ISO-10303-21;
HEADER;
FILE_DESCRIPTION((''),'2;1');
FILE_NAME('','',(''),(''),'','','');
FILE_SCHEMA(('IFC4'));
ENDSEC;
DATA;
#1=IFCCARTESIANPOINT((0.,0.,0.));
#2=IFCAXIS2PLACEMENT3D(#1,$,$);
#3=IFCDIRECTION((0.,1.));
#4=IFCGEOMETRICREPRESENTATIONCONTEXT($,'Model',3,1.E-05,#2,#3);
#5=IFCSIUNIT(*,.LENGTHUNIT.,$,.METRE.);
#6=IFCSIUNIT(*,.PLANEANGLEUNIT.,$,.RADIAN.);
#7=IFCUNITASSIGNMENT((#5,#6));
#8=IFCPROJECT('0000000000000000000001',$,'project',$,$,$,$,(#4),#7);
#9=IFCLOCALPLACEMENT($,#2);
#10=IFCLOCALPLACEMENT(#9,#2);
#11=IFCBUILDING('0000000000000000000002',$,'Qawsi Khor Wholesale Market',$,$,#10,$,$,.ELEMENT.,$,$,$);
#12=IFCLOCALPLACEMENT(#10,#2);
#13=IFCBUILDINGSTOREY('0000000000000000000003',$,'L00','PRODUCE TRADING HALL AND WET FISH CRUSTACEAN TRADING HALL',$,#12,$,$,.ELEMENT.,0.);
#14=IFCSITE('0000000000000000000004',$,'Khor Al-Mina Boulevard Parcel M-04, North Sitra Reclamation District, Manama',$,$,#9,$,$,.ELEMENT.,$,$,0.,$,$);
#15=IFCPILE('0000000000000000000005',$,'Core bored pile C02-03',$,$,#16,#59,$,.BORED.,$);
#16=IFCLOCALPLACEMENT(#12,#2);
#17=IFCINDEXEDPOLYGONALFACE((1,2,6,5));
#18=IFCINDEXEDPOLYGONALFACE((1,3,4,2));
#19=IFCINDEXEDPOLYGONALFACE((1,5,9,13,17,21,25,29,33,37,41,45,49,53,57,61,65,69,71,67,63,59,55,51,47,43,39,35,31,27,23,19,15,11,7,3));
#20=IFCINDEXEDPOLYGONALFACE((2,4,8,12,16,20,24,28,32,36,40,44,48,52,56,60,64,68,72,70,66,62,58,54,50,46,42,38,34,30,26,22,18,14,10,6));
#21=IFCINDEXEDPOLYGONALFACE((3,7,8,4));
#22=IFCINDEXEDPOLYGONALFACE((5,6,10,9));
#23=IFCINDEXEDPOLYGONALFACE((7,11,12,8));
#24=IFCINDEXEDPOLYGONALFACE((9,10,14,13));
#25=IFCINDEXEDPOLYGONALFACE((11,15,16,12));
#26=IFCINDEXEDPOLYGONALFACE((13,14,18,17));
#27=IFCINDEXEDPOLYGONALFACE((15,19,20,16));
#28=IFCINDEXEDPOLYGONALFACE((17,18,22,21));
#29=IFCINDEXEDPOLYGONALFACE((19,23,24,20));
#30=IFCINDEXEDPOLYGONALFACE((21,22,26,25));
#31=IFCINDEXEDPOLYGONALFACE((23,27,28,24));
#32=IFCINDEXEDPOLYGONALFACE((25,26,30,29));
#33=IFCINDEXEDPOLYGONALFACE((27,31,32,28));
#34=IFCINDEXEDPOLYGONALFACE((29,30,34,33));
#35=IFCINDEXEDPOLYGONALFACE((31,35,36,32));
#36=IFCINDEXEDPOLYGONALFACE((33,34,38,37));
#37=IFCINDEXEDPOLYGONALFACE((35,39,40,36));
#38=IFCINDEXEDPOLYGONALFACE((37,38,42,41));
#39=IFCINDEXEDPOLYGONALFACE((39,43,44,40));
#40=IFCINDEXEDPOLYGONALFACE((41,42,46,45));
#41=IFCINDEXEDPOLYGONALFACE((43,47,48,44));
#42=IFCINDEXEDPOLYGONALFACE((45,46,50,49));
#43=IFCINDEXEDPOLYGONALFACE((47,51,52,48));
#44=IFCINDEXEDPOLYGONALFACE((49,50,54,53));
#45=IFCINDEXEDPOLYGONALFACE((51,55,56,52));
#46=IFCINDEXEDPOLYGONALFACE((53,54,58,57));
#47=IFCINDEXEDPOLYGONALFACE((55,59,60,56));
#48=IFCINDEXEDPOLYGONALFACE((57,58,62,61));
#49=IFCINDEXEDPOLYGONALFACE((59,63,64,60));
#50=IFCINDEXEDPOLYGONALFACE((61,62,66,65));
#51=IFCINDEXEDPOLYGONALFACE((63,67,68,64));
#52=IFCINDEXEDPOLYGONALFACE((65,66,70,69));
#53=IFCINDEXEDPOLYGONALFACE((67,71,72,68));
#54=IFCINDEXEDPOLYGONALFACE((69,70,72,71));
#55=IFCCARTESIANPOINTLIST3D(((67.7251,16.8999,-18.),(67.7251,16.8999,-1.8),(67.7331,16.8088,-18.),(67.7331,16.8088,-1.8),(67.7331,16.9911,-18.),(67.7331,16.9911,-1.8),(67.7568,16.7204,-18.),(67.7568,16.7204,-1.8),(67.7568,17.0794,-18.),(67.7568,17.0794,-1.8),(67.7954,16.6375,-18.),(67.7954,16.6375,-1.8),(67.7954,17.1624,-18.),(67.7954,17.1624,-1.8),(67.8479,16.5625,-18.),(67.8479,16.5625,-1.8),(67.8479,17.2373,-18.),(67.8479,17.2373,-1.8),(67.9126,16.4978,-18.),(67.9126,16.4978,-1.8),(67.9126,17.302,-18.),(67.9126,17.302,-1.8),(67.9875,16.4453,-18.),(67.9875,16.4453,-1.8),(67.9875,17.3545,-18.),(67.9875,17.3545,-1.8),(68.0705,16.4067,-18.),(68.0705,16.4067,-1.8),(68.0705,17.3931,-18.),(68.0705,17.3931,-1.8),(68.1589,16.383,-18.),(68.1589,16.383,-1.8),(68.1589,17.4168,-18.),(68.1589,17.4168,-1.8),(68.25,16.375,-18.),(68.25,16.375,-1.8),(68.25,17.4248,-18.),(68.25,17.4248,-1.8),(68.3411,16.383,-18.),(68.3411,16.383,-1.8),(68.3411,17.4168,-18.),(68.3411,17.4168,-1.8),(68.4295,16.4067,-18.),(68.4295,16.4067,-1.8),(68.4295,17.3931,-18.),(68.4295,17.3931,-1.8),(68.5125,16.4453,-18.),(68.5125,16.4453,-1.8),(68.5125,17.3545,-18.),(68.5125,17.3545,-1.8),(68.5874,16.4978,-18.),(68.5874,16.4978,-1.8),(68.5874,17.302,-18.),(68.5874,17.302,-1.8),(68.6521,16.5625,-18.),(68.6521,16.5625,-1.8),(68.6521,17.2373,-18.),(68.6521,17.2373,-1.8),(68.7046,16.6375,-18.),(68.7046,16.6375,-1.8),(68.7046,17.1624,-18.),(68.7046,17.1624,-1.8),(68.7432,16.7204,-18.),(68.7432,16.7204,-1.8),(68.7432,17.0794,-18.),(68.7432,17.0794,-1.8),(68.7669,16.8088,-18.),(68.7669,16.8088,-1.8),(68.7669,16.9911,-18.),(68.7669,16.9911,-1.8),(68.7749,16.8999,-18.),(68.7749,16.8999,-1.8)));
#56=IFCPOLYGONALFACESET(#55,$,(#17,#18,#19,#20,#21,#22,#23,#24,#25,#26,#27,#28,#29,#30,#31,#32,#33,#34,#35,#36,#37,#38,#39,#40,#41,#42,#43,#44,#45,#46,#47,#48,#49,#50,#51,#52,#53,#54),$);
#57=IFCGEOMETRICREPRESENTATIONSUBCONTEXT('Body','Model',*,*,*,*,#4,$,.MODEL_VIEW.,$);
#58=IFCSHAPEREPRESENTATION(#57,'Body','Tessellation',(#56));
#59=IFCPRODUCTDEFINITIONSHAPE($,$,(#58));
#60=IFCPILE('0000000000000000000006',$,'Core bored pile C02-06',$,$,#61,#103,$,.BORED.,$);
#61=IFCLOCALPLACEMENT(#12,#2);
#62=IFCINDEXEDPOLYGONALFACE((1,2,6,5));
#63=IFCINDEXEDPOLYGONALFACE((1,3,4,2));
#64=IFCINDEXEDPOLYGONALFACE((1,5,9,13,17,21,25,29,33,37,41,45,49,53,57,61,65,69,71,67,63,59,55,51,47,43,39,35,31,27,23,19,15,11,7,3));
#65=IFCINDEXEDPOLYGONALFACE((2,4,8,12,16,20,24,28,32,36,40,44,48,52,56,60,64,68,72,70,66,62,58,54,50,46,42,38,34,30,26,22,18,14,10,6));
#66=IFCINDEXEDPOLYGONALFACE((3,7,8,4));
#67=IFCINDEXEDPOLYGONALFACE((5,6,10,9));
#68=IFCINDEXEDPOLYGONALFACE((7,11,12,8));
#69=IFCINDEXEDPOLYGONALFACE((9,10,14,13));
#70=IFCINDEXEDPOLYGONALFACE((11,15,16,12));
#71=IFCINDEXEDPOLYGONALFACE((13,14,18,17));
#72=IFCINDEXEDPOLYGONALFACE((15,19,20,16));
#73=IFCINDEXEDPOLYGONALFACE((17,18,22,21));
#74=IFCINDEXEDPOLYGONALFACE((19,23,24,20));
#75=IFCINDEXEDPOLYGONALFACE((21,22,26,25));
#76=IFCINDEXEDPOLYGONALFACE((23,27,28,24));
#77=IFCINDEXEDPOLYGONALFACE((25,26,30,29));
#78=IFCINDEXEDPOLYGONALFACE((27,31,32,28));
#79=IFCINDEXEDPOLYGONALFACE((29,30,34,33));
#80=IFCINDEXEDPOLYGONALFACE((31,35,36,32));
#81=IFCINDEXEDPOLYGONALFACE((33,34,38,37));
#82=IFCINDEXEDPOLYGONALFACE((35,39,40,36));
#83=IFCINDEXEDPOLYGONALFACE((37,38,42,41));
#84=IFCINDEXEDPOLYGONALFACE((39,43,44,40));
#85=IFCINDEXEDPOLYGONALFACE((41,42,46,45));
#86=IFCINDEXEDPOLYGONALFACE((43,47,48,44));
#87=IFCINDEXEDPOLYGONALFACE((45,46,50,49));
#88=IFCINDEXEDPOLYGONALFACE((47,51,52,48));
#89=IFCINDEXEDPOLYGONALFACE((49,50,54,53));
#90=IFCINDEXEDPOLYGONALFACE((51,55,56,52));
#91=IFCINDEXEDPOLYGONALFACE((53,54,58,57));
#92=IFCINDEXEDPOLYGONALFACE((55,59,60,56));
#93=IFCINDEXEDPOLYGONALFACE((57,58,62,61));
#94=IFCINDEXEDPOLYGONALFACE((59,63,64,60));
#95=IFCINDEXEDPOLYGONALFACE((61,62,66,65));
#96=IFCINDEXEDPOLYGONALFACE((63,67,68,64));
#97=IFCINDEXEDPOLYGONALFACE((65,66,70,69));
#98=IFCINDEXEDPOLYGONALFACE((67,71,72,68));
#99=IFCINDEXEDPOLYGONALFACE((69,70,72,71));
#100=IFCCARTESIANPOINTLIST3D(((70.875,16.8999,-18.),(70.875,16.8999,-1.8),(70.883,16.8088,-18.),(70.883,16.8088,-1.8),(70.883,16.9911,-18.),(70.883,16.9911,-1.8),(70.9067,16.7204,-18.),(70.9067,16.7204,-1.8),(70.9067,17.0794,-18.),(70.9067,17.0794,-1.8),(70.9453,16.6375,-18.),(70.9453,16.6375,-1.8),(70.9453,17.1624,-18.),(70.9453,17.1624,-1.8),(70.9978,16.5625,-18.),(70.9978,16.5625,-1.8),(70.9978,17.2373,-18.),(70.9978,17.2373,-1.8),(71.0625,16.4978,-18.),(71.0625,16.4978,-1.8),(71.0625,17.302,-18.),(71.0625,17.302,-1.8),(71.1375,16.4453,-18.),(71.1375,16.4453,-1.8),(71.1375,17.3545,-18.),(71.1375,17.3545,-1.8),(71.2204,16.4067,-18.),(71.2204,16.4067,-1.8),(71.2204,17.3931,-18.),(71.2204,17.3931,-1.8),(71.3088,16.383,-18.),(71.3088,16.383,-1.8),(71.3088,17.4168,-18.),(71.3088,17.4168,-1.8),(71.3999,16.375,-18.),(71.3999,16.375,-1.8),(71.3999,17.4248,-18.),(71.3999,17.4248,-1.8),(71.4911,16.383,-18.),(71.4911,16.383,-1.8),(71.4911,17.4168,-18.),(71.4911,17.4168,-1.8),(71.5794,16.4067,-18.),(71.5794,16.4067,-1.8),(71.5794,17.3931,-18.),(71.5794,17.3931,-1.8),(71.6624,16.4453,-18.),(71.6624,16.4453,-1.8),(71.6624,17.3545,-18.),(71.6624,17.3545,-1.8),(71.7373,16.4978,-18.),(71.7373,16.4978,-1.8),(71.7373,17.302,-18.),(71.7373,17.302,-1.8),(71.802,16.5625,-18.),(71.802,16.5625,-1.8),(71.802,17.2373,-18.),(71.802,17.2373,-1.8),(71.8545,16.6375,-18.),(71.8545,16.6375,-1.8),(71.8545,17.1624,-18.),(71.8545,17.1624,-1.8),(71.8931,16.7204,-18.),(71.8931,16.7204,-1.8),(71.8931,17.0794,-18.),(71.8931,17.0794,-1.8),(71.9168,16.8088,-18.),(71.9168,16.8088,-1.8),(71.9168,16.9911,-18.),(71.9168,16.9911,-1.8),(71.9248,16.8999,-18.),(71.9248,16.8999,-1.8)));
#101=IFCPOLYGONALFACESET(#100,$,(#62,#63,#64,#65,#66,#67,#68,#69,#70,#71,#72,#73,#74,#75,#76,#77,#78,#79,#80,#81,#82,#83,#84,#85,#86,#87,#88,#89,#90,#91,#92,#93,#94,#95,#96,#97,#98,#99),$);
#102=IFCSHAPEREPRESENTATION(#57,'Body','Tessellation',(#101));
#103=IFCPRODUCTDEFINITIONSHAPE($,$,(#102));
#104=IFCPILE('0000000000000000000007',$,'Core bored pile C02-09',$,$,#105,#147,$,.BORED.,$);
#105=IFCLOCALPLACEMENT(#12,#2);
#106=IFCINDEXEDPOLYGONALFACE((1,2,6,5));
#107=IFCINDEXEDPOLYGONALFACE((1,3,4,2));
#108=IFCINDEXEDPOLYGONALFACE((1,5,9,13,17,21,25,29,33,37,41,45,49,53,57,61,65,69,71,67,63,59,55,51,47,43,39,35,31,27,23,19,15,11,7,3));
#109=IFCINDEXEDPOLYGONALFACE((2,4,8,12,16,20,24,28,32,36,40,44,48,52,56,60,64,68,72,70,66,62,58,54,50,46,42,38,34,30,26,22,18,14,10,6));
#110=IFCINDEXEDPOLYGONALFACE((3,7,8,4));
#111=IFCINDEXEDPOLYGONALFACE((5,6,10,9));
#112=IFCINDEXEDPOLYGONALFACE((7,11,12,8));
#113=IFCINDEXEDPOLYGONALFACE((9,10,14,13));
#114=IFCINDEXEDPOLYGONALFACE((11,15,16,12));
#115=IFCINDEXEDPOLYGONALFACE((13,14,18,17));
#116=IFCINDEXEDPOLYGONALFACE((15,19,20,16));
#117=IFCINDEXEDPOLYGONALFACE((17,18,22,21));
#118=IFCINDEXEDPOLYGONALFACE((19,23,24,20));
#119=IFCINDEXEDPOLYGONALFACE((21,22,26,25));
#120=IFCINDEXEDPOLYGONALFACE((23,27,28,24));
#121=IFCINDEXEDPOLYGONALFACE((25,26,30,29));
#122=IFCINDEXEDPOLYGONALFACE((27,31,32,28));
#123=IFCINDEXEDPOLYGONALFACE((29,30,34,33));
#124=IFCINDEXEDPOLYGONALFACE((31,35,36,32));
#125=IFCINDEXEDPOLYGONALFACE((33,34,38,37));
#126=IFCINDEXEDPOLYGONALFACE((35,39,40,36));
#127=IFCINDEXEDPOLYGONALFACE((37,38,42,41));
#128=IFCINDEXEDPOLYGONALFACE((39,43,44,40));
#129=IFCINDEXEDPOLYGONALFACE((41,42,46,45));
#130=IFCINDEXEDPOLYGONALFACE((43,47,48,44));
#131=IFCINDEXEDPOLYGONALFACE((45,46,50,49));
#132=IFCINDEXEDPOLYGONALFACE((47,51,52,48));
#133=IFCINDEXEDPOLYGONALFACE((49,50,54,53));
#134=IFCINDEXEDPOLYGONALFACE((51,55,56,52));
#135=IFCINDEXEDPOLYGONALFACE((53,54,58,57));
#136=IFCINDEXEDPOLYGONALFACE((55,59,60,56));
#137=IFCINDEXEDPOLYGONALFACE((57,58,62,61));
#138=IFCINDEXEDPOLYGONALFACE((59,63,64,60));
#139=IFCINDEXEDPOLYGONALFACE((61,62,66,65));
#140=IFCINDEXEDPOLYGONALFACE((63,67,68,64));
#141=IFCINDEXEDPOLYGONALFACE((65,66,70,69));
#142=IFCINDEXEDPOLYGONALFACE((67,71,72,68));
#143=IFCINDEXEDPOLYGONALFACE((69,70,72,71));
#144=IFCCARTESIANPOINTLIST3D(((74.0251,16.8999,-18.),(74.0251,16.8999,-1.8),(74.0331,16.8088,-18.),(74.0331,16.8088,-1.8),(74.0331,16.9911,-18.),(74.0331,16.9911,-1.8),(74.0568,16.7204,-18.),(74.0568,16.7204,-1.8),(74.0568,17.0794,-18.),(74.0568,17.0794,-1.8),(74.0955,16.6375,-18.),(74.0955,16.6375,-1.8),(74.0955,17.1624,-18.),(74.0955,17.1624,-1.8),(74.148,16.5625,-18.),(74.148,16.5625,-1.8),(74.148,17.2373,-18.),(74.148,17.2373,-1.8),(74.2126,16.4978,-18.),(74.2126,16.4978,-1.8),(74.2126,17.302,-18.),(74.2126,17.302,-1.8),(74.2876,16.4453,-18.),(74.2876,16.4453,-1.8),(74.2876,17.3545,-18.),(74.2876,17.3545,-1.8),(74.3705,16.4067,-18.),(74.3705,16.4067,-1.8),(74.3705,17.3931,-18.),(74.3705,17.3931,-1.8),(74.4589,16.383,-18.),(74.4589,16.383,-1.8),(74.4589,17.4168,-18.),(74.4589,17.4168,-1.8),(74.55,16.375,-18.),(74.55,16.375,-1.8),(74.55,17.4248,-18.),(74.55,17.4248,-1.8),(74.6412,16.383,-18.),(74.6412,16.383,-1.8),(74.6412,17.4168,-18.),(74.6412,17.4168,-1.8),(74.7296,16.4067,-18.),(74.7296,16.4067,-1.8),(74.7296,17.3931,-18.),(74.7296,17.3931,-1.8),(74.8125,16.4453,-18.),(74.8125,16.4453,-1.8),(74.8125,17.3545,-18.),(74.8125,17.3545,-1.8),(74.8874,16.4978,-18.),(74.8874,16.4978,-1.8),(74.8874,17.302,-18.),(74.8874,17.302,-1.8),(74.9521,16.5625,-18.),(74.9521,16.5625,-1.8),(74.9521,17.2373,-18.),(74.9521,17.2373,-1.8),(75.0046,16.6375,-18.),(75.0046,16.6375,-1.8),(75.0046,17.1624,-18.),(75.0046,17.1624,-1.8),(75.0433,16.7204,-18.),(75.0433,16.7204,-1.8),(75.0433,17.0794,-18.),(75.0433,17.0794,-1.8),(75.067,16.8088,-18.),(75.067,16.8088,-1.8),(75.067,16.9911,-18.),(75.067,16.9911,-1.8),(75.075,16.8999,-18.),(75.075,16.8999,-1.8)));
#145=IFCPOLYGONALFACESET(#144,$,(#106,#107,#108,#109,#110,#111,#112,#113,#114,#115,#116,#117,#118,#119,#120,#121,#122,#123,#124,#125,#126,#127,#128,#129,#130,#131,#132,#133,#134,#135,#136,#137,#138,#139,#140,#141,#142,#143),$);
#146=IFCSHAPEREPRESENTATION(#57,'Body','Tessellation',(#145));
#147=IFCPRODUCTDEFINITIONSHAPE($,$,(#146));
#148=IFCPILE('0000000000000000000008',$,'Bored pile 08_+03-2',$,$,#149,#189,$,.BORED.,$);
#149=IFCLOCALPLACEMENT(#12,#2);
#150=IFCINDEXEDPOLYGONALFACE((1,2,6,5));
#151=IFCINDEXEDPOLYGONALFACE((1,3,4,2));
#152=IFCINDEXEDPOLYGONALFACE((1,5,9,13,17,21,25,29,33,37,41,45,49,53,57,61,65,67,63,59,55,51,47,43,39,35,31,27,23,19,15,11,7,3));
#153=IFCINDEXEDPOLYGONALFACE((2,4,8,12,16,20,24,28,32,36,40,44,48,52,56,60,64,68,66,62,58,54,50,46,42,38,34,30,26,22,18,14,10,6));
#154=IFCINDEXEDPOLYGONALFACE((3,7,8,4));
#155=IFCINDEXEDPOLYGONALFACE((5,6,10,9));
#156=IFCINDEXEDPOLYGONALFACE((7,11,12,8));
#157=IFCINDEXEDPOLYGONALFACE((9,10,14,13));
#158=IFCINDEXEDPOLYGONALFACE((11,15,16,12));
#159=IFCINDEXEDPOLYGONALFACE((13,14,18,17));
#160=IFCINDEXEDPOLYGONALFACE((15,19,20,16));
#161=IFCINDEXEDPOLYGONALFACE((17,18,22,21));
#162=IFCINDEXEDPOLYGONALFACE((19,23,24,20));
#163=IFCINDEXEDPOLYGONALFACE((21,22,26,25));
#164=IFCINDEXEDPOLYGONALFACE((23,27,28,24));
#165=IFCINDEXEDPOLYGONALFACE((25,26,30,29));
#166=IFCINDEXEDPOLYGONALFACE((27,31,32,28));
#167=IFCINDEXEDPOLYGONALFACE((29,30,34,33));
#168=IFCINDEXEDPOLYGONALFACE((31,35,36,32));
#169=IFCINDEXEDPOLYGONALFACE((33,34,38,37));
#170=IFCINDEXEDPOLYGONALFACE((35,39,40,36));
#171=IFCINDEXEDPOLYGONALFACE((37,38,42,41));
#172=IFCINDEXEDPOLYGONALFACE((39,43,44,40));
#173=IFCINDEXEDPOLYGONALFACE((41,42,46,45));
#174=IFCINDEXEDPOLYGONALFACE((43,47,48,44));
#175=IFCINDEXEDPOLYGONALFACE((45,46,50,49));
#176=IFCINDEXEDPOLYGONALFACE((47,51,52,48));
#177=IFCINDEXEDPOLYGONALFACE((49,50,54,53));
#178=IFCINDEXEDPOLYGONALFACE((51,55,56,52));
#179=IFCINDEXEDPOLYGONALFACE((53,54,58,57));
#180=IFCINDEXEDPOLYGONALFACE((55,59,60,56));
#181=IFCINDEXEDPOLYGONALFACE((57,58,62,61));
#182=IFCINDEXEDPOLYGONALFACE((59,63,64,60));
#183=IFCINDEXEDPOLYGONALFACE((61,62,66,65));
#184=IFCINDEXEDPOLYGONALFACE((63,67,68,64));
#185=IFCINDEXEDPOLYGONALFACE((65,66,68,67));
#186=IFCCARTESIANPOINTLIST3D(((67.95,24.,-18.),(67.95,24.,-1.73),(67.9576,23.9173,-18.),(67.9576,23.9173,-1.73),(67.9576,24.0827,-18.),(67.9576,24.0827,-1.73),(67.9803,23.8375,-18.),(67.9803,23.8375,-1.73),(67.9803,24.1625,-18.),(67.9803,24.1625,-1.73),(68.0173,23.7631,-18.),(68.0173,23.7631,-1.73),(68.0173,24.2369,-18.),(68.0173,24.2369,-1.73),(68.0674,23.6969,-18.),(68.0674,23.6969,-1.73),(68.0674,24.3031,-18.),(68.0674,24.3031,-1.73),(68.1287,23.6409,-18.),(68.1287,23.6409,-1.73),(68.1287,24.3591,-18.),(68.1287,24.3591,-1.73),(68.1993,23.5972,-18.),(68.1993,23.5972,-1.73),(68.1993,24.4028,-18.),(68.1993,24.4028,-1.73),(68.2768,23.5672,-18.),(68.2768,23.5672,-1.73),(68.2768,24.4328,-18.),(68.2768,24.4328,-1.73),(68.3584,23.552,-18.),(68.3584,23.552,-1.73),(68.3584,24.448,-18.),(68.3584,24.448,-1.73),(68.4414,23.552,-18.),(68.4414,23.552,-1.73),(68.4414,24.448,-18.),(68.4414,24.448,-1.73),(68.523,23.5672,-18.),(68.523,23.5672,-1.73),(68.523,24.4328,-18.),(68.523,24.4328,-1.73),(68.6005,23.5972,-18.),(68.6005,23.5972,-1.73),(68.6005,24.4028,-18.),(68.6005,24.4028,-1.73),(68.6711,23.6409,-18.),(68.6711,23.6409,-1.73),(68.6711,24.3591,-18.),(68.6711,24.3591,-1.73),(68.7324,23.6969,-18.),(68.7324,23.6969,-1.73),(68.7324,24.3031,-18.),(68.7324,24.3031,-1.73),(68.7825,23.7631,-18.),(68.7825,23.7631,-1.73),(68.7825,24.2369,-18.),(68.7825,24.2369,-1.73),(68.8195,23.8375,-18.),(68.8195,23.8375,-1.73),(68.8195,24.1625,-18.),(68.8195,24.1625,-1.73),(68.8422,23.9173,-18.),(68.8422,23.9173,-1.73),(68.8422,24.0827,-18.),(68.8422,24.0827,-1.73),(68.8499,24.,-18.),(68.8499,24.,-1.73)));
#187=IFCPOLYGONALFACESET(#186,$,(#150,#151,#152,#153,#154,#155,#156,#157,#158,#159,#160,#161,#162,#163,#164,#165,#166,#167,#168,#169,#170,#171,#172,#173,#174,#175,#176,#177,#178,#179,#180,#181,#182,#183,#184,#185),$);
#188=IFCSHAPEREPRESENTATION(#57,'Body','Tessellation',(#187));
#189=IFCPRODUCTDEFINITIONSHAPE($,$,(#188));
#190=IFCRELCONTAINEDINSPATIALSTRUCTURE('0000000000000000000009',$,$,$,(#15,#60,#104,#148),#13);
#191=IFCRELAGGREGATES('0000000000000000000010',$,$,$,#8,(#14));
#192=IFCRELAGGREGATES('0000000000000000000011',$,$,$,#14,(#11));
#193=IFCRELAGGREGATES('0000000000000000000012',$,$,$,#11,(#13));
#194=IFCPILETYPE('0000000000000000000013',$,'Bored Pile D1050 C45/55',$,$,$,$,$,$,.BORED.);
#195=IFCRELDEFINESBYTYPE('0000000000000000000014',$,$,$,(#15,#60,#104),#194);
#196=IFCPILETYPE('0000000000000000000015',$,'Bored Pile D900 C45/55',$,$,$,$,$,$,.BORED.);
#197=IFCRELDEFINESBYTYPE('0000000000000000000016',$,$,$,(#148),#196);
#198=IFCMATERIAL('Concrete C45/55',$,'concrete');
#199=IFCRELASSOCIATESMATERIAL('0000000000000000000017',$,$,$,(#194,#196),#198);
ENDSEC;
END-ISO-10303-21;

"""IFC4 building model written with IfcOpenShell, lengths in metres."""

from ifc_helpers import new_model, si_unit, direction, frame, origin, origin_2d, place, context, subcontext, project, spatial, circle, extrude, material, material_profile, profile_set, type_object, element, save


model = new_model("IFC4")

# Units and contexts
model_context = context("Model", 3, precision=1e-05, world=origin(), true_north=direction((0.0, 1.0)))
body_context = subcontext(model_context, "Body", "Model", "MODEL_VIEW")
ifc_project = project(units=[si_unit("LENGTHUNIT", "METRE"), si_unit("PLANEANGLEUNIT", "RADIAN")], contexts=[model_context])

# Site, building, storey
site_placement = place(None, origin())
site = spatial("IfcSite", under=ifc_project, at=site_placement, Name="Khor Al-Mina Boulevard Parcel M-04, North Sitra Reclamation District, Manama", CompositionType="ELEMENT", RefElevation=0.0)
building_placement = place(site_placement, origin())
building = spatial("IfcBuilding", under=site, at=building_placement, Name="Qawsi Khor Wholesale Market", CompositionType="ELEMENT")
storey_placement = place(building_placement, origin())
storey = spatial("IfcBuildingStorey", under=building, at=storey_placement, Name="L00", Description="PRODUCE TRADING HALL AND WET FISH CRUSTACEAN TRADING HALL", CompositionType="ELEMENT", Elevation=0.0)

# Piles
ifc_material_1 = material(Name="Concrete C45/55", Category="concrete")
ifc_material_profile_1 = material_profile(ifc_material_1, circle(Radius=0.5249, at=origin_2d()), Name="PILE D1050")
ifc_profile_set_1 = profile_set([ifc_material_profile_1], Name="Concrete C45/55")
pile_type_1 = type_object("IfcPileType", Name="Bored Pile D1050 C45/55", PredefinedType="BORED", material=ifc_profile_set_1)
for number, where, z_axis, x_axis, name in (
    (1, (68.25, 16.8999, -1.8), (0.0, 0.0, -1.0), (1.0, 0.0, 0.0), "Core bored pile C02-03"),
    (2, (71.3999, 16.8999, -1.8), (0.0, 0.0, -1.0), (1.0, 0.0, 0.0), "Core bored pile C02-06"),
    (3, (74.55, 16.8999, -1.8), (0.0, 0.0, -1.0), (1.0, 0.0, 0.0), "Core bored pile C02-09"),
):
    element("IfcPile", number, at=place(storey_placement, frame(where, z_axis=z_axis, x_axis=x_axis)), inside=storey, type_object=pile_type_1, Name=name, PredefinedType="BORED", context=body_context, shape_type="SweptSolid", body=[
        extrude(circle(Radius=0.5249, at=origin_2d()), origin(), (0.0, 0.0, 1.0), 16.2),
    ])
ifc_material_profile_2 = material_profile(ifc_material_1, circle(Radius=0.45, at=origin_2d()), Name="PILE D900")
ifc_profile_set_2 = profile_set([ifc_material_profile_2], Name="Concrete C45/55")
pile_type_2 = type_object("IfcPileType", Name="Bored Pile D900 C45/55", PredefinedType="BORED", material=ifc_profile_set_2)
for number, where, z_axis, x_axis, name in (
    (4, (68.3999, 24.0, -1.73), (0.0, 0.0, -1.0), (1.0, 0.0, 0.0), "Bored pile 08_+03-2"),
):
    element("IfcPile", number, at=place(storey_placement, frame(where, z_axis=z_axis, x_axis=x_axis)), inside=storey, type_object=pile_type_2, Name=name, PredefinedType="BORED", context=body_context, shape_type="SweptSolid", body=[
        extrude(circle(Radius=0.45, at=origin_2d()), origin(), (0.0, 0.0, 1.0), 16.27),
    ])

save(model, "model.ifc")
